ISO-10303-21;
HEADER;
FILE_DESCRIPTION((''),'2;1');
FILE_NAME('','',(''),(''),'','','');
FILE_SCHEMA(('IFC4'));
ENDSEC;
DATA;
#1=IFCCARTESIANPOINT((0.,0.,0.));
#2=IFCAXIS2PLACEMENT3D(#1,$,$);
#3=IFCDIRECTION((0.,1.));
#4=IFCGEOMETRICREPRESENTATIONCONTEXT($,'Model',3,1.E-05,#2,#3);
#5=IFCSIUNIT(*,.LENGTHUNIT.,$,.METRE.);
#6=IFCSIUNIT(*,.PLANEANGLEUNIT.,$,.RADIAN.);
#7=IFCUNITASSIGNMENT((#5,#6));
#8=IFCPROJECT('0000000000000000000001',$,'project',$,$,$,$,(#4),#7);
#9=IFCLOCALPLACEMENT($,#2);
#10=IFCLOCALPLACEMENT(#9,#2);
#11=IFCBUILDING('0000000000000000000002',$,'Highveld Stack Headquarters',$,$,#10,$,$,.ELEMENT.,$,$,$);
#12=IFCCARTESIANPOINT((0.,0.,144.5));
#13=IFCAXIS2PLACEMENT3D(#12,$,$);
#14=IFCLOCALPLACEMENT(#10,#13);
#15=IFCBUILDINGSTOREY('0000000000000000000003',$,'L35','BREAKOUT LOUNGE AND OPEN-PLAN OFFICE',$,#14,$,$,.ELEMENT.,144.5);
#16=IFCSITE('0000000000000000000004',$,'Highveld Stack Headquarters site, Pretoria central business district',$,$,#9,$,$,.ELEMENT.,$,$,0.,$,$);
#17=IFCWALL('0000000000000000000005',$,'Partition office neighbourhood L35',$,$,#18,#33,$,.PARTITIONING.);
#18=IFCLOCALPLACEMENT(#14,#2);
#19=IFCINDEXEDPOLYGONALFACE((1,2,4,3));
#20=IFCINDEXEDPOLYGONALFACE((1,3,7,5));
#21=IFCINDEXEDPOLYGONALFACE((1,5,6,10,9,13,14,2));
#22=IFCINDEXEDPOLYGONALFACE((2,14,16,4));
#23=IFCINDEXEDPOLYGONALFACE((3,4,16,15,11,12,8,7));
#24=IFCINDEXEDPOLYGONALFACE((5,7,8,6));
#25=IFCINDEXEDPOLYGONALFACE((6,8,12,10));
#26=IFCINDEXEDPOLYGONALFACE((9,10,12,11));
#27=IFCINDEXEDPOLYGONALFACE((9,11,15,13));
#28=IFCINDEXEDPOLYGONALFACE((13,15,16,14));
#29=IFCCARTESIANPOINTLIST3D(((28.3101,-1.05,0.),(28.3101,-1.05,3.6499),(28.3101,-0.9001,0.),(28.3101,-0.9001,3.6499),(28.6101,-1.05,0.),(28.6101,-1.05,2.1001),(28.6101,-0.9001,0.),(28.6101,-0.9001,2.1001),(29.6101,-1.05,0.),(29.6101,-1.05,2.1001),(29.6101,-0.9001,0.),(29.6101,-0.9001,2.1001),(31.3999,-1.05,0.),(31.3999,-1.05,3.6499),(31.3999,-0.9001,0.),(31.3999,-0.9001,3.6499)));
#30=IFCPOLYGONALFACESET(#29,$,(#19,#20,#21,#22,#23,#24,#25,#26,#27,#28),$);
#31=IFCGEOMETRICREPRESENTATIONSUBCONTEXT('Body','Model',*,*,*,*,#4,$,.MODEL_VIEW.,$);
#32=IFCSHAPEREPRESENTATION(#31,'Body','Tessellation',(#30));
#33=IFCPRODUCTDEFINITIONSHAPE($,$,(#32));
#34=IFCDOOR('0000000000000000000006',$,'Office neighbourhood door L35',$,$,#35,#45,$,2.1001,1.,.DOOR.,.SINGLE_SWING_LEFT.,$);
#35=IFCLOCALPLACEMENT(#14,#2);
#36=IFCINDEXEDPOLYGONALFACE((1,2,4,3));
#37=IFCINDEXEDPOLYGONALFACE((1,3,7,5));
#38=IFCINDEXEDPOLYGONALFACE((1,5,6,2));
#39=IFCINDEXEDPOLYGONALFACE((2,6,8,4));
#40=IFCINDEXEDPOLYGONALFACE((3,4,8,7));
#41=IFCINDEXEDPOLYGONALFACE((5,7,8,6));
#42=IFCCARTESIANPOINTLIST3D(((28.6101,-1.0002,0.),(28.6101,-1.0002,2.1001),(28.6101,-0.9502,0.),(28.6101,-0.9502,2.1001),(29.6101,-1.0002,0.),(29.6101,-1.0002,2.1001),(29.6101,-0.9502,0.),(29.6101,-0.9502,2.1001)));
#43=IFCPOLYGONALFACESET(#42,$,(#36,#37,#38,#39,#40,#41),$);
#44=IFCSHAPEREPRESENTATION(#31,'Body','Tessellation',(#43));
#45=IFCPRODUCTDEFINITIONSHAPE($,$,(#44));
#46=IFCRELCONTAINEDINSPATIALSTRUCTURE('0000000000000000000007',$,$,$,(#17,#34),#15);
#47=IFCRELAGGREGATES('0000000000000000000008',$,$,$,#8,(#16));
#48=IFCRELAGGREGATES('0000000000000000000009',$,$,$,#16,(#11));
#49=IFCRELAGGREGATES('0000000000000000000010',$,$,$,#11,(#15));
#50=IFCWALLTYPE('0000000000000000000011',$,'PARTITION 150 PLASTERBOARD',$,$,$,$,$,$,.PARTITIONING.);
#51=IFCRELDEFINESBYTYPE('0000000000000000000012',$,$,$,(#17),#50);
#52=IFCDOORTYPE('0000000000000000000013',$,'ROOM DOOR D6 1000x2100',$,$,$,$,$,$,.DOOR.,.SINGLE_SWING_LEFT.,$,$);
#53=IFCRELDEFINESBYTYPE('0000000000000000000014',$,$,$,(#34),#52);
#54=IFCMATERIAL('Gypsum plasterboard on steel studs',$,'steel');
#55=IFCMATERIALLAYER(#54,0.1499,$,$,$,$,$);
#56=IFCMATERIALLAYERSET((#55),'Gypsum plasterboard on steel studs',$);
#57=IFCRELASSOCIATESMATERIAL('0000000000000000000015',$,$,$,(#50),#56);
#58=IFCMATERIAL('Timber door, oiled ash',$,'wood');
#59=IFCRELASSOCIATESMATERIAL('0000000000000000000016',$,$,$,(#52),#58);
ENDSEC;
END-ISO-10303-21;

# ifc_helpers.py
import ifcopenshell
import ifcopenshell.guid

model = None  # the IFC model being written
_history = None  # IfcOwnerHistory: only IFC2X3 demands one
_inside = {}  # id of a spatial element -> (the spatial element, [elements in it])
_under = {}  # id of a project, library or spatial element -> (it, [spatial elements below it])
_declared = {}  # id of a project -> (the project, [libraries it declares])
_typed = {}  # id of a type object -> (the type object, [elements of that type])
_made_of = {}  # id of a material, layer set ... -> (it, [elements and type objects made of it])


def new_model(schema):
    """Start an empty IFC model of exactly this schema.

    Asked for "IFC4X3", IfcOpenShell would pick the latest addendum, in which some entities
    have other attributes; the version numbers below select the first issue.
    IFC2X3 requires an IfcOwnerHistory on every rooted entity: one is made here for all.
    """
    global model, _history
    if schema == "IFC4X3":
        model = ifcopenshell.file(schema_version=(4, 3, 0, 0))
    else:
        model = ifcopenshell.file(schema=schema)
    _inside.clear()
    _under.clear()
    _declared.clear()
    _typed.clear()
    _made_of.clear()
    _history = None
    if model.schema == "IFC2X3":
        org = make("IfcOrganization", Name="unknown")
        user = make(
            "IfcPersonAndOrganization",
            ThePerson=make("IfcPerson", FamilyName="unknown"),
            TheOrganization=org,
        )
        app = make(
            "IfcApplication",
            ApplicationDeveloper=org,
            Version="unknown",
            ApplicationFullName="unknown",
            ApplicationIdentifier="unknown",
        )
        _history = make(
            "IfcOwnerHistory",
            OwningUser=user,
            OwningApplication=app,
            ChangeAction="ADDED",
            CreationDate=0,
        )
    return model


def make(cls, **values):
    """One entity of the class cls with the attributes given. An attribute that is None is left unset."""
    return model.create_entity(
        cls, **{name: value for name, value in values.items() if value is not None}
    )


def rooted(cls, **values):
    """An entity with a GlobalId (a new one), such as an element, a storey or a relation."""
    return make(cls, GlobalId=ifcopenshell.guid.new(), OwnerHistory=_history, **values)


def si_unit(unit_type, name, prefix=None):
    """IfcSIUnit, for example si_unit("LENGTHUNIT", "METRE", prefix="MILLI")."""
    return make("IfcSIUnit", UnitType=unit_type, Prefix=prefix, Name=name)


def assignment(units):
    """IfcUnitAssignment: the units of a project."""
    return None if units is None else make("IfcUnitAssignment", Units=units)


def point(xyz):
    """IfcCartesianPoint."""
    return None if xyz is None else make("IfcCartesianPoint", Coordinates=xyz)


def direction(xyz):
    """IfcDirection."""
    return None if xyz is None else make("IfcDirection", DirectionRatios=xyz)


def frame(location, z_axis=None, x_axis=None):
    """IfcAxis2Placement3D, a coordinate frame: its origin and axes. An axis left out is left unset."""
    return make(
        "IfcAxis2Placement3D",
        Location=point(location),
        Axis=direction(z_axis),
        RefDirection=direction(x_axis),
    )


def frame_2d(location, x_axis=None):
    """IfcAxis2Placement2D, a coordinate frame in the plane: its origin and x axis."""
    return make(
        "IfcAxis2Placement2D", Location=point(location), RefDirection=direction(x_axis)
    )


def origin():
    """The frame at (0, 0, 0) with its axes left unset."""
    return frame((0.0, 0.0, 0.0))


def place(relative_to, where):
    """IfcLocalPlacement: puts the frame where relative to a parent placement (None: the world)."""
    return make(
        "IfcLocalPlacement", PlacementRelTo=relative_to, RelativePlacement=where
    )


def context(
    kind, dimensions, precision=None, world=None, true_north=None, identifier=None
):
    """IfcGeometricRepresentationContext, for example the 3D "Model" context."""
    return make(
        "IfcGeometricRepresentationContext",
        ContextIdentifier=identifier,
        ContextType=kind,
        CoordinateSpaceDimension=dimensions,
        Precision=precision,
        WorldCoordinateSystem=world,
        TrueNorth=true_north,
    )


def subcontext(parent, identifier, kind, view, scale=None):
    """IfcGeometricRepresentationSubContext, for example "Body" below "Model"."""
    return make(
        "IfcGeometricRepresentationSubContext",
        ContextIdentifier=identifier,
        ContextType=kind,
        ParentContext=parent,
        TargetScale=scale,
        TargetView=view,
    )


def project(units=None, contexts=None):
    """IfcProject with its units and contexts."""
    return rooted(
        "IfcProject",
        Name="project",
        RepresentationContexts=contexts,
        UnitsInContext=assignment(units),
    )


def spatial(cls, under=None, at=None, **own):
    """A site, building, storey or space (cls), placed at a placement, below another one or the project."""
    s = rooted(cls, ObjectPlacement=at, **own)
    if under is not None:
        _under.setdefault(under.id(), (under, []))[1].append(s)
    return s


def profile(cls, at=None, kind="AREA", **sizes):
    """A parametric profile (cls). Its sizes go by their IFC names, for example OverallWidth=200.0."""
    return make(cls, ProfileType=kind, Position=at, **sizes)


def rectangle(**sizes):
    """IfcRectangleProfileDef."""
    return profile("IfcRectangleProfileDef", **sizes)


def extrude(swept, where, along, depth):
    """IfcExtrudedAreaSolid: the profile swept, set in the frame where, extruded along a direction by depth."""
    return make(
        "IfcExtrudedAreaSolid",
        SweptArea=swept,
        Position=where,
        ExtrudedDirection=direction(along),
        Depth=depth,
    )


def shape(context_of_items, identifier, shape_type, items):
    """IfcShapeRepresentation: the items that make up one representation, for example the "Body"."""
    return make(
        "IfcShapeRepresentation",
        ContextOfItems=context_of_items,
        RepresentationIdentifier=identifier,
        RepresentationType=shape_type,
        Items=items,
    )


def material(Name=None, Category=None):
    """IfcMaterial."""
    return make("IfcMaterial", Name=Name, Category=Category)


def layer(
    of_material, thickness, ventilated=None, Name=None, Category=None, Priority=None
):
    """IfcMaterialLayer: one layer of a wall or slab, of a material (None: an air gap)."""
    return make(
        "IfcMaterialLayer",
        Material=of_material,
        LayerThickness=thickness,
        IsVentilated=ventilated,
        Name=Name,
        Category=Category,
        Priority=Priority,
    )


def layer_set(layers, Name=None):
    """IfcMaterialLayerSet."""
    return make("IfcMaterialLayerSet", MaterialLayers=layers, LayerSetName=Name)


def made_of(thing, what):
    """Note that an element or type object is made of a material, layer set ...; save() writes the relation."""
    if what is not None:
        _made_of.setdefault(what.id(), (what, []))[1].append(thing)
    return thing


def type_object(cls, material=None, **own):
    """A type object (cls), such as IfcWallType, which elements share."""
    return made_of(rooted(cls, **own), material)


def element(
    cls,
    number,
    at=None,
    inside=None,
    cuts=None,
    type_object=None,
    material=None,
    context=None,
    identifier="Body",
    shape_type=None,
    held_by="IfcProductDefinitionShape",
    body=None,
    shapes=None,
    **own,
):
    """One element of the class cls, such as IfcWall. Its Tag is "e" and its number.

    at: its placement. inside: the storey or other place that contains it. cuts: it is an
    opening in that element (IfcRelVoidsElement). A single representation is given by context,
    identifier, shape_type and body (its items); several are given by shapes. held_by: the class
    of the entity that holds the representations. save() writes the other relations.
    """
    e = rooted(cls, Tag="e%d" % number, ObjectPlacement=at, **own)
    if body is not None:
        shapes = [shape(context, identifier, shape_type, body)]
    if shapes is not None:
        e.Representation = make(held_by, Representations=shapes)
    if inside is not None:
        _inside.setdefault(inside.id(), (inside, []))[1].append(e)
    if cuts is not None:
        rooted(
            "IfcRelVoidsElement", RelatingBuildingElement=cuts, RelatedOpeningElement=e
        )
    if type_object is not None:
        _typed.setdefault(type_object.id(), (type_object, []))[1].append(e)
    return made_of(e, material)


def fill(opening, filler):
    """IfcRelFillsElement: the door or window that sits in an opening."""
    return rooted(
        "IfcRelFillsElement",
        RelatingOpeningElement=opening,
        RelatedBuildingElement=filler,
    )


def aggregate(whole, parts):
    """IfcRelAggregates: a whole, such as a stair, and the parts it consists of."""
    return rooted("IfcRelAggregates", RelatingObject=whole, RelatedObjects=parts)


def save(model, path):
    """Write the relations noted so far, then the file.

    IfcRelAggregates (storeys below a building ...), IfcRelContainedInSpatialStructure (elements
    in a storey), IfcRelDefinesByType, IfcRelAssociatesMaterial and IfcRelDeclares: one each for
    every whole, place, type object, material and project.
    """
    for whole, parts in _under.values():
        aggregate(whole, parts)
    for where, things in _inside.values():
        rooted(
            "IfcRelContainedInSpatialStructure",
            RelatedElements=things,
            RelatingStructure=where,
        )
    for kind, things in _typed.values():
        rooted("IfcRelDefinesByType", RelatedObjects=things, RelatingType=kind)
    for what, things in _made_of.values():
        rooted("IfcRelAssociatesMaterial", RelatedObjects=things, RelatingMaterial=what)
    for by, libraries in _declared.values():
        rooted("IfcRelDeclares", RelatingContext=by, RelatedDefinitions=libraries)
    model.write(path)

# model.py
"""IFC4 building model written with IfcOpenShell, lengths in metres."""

from ifc_helpers import new_model, si_unit, direction, frame, frame_2d, origin, place, context, subcontext, project, spatial, rectangle, extrude, material, layer, layer_set, type_object, element, fill, save


model = new_model("IFC4")

# Units and contexts
model_context = context("Model", 3, precision=1e-05, world=origin(), true_north=direction((0.0, 1.0)))
body_context = subcontext(model_context, "Body", "Model", "MODEL_VIEW")
ifc_project = project(units=[si_unit("LENGTHUNIT", "METRE"), si_unit("PLANEANGLEUNIT", "RADIAN")], contexts=[model_context])

# Site, building, storey
site_placement = place(None, origin())
site = spatial("IfcSite", under=ifc_project, at=site_placement, Name="Highveld Stack Headquarters site, Pretoria central business district", CompositionType="ELEMENT", RefElevation=0.0)
building_placement = place(site_placement, origin())
building = spatial("IfcBuilding", under=site, at=building_placement, Name="Highveld Stack Headquarters", CompositionType="ELEMENT")
storey_placement = place(building_placement, frame((0.0, 0.0, 144.5)))
storey = spatial("IfcBuildingStorey", under=building, at=storey_placement, Name="L35", Description="BREAKOUT LOUNGE AND OPEN-PLAN OFFICE", CompositionType="ELEMENT", Elevation=144.5)

# Shared definitions
ifc_material_1 = material(Name="Gypsum plasterboard on steel studs", Category="steel")
ifc_layer_1 = layer(ifc_material_1, 0.1499)
ifc_layer_set_1 = layer_set([ifc_layer_1], Name="Gypsum plasterboard on steel studs")
wall_type = type_object("IfcWallType", Name="PARTITION 150 PLASTERBOARD", PredefinedType="PARTITIONING", material=ifc_layer_set_1)

# Wall, opening, door
wall_1_placement = place(storey_placement, frame((28.3101, -0.9751, 0.0), z_axis=(0.0, 0.0, 1.0), x_axis=(1.0, 0.0, 0.0)))
wall_1 = element("IfcWall", 1, at=wall_1_placement, inside=storey, type_object=wall_type, Name="Partition office neighbourhood L35", PredefinedType="PARTITIONING", context=body_context, shape_type="SweptSolid", body=[
    extrude(rectangle(XDim=3.0898, YDim=0.1499, at=frame_2d((1.5449, 0.0))), origin(), (0.0, 0.0, 1.0), 3.6499),
])
opening_placement = place(wall_1_placement, frame((0.3, 0.0, 0.0)))
opening = element("IfcOpeningElement", 2, at=opening_placement, cuts=wall_1, PredefinedType="OPENING", context=body_context, shape_type="SweptSolid", body=[
    extrude(rectangle(XDim=1.0, YDim=2.1001, at=frame_2d((0.5, 1.05))), frame((0.0, 0.085, 0.0), z_axis=(0.0, -1.0, 0.0), x_axis=(1.0, 0.0, 0.0)), (0.0, 0.0, 1.0), 0.1699),
])
ifc_material_2 = material(Name="Timber door, oiled ash", Category="wood")
door_type = type_object("IfcDoorType", Name="ROOM DOOR D6 1000x2100", OperationType="SINGLE_SWING_LEFT", PredefinedType="DOOR", material=ifc_material_2)
door_placement = place(opening_placement, origin())
door = element("IfcDoor", 3, at=door_placement, inside=storey, type_object=door_type, Name="Office neighbourhood door L35", OperationType="SINGLE_SWING_LEFT", OverallHeight=2.1001, OverallWidth=1.0, PredefinedType="DOOR", context=body_context, shape_type="SweptSolid", body=[
    extrude(rectangle(XDim=1.0, YDim=2.1001, at=frame_2d((0.5, 1.05))), frame((0.0, 0.0249, 0.0), z_axis=(0.0, -1.0, 0.0), x_axis=(1.0, 0.0, 0.0)), (0.0, 0.0, 1.0), 0.05),
])
fill(opening, door)

save(model, "model.ifc")
